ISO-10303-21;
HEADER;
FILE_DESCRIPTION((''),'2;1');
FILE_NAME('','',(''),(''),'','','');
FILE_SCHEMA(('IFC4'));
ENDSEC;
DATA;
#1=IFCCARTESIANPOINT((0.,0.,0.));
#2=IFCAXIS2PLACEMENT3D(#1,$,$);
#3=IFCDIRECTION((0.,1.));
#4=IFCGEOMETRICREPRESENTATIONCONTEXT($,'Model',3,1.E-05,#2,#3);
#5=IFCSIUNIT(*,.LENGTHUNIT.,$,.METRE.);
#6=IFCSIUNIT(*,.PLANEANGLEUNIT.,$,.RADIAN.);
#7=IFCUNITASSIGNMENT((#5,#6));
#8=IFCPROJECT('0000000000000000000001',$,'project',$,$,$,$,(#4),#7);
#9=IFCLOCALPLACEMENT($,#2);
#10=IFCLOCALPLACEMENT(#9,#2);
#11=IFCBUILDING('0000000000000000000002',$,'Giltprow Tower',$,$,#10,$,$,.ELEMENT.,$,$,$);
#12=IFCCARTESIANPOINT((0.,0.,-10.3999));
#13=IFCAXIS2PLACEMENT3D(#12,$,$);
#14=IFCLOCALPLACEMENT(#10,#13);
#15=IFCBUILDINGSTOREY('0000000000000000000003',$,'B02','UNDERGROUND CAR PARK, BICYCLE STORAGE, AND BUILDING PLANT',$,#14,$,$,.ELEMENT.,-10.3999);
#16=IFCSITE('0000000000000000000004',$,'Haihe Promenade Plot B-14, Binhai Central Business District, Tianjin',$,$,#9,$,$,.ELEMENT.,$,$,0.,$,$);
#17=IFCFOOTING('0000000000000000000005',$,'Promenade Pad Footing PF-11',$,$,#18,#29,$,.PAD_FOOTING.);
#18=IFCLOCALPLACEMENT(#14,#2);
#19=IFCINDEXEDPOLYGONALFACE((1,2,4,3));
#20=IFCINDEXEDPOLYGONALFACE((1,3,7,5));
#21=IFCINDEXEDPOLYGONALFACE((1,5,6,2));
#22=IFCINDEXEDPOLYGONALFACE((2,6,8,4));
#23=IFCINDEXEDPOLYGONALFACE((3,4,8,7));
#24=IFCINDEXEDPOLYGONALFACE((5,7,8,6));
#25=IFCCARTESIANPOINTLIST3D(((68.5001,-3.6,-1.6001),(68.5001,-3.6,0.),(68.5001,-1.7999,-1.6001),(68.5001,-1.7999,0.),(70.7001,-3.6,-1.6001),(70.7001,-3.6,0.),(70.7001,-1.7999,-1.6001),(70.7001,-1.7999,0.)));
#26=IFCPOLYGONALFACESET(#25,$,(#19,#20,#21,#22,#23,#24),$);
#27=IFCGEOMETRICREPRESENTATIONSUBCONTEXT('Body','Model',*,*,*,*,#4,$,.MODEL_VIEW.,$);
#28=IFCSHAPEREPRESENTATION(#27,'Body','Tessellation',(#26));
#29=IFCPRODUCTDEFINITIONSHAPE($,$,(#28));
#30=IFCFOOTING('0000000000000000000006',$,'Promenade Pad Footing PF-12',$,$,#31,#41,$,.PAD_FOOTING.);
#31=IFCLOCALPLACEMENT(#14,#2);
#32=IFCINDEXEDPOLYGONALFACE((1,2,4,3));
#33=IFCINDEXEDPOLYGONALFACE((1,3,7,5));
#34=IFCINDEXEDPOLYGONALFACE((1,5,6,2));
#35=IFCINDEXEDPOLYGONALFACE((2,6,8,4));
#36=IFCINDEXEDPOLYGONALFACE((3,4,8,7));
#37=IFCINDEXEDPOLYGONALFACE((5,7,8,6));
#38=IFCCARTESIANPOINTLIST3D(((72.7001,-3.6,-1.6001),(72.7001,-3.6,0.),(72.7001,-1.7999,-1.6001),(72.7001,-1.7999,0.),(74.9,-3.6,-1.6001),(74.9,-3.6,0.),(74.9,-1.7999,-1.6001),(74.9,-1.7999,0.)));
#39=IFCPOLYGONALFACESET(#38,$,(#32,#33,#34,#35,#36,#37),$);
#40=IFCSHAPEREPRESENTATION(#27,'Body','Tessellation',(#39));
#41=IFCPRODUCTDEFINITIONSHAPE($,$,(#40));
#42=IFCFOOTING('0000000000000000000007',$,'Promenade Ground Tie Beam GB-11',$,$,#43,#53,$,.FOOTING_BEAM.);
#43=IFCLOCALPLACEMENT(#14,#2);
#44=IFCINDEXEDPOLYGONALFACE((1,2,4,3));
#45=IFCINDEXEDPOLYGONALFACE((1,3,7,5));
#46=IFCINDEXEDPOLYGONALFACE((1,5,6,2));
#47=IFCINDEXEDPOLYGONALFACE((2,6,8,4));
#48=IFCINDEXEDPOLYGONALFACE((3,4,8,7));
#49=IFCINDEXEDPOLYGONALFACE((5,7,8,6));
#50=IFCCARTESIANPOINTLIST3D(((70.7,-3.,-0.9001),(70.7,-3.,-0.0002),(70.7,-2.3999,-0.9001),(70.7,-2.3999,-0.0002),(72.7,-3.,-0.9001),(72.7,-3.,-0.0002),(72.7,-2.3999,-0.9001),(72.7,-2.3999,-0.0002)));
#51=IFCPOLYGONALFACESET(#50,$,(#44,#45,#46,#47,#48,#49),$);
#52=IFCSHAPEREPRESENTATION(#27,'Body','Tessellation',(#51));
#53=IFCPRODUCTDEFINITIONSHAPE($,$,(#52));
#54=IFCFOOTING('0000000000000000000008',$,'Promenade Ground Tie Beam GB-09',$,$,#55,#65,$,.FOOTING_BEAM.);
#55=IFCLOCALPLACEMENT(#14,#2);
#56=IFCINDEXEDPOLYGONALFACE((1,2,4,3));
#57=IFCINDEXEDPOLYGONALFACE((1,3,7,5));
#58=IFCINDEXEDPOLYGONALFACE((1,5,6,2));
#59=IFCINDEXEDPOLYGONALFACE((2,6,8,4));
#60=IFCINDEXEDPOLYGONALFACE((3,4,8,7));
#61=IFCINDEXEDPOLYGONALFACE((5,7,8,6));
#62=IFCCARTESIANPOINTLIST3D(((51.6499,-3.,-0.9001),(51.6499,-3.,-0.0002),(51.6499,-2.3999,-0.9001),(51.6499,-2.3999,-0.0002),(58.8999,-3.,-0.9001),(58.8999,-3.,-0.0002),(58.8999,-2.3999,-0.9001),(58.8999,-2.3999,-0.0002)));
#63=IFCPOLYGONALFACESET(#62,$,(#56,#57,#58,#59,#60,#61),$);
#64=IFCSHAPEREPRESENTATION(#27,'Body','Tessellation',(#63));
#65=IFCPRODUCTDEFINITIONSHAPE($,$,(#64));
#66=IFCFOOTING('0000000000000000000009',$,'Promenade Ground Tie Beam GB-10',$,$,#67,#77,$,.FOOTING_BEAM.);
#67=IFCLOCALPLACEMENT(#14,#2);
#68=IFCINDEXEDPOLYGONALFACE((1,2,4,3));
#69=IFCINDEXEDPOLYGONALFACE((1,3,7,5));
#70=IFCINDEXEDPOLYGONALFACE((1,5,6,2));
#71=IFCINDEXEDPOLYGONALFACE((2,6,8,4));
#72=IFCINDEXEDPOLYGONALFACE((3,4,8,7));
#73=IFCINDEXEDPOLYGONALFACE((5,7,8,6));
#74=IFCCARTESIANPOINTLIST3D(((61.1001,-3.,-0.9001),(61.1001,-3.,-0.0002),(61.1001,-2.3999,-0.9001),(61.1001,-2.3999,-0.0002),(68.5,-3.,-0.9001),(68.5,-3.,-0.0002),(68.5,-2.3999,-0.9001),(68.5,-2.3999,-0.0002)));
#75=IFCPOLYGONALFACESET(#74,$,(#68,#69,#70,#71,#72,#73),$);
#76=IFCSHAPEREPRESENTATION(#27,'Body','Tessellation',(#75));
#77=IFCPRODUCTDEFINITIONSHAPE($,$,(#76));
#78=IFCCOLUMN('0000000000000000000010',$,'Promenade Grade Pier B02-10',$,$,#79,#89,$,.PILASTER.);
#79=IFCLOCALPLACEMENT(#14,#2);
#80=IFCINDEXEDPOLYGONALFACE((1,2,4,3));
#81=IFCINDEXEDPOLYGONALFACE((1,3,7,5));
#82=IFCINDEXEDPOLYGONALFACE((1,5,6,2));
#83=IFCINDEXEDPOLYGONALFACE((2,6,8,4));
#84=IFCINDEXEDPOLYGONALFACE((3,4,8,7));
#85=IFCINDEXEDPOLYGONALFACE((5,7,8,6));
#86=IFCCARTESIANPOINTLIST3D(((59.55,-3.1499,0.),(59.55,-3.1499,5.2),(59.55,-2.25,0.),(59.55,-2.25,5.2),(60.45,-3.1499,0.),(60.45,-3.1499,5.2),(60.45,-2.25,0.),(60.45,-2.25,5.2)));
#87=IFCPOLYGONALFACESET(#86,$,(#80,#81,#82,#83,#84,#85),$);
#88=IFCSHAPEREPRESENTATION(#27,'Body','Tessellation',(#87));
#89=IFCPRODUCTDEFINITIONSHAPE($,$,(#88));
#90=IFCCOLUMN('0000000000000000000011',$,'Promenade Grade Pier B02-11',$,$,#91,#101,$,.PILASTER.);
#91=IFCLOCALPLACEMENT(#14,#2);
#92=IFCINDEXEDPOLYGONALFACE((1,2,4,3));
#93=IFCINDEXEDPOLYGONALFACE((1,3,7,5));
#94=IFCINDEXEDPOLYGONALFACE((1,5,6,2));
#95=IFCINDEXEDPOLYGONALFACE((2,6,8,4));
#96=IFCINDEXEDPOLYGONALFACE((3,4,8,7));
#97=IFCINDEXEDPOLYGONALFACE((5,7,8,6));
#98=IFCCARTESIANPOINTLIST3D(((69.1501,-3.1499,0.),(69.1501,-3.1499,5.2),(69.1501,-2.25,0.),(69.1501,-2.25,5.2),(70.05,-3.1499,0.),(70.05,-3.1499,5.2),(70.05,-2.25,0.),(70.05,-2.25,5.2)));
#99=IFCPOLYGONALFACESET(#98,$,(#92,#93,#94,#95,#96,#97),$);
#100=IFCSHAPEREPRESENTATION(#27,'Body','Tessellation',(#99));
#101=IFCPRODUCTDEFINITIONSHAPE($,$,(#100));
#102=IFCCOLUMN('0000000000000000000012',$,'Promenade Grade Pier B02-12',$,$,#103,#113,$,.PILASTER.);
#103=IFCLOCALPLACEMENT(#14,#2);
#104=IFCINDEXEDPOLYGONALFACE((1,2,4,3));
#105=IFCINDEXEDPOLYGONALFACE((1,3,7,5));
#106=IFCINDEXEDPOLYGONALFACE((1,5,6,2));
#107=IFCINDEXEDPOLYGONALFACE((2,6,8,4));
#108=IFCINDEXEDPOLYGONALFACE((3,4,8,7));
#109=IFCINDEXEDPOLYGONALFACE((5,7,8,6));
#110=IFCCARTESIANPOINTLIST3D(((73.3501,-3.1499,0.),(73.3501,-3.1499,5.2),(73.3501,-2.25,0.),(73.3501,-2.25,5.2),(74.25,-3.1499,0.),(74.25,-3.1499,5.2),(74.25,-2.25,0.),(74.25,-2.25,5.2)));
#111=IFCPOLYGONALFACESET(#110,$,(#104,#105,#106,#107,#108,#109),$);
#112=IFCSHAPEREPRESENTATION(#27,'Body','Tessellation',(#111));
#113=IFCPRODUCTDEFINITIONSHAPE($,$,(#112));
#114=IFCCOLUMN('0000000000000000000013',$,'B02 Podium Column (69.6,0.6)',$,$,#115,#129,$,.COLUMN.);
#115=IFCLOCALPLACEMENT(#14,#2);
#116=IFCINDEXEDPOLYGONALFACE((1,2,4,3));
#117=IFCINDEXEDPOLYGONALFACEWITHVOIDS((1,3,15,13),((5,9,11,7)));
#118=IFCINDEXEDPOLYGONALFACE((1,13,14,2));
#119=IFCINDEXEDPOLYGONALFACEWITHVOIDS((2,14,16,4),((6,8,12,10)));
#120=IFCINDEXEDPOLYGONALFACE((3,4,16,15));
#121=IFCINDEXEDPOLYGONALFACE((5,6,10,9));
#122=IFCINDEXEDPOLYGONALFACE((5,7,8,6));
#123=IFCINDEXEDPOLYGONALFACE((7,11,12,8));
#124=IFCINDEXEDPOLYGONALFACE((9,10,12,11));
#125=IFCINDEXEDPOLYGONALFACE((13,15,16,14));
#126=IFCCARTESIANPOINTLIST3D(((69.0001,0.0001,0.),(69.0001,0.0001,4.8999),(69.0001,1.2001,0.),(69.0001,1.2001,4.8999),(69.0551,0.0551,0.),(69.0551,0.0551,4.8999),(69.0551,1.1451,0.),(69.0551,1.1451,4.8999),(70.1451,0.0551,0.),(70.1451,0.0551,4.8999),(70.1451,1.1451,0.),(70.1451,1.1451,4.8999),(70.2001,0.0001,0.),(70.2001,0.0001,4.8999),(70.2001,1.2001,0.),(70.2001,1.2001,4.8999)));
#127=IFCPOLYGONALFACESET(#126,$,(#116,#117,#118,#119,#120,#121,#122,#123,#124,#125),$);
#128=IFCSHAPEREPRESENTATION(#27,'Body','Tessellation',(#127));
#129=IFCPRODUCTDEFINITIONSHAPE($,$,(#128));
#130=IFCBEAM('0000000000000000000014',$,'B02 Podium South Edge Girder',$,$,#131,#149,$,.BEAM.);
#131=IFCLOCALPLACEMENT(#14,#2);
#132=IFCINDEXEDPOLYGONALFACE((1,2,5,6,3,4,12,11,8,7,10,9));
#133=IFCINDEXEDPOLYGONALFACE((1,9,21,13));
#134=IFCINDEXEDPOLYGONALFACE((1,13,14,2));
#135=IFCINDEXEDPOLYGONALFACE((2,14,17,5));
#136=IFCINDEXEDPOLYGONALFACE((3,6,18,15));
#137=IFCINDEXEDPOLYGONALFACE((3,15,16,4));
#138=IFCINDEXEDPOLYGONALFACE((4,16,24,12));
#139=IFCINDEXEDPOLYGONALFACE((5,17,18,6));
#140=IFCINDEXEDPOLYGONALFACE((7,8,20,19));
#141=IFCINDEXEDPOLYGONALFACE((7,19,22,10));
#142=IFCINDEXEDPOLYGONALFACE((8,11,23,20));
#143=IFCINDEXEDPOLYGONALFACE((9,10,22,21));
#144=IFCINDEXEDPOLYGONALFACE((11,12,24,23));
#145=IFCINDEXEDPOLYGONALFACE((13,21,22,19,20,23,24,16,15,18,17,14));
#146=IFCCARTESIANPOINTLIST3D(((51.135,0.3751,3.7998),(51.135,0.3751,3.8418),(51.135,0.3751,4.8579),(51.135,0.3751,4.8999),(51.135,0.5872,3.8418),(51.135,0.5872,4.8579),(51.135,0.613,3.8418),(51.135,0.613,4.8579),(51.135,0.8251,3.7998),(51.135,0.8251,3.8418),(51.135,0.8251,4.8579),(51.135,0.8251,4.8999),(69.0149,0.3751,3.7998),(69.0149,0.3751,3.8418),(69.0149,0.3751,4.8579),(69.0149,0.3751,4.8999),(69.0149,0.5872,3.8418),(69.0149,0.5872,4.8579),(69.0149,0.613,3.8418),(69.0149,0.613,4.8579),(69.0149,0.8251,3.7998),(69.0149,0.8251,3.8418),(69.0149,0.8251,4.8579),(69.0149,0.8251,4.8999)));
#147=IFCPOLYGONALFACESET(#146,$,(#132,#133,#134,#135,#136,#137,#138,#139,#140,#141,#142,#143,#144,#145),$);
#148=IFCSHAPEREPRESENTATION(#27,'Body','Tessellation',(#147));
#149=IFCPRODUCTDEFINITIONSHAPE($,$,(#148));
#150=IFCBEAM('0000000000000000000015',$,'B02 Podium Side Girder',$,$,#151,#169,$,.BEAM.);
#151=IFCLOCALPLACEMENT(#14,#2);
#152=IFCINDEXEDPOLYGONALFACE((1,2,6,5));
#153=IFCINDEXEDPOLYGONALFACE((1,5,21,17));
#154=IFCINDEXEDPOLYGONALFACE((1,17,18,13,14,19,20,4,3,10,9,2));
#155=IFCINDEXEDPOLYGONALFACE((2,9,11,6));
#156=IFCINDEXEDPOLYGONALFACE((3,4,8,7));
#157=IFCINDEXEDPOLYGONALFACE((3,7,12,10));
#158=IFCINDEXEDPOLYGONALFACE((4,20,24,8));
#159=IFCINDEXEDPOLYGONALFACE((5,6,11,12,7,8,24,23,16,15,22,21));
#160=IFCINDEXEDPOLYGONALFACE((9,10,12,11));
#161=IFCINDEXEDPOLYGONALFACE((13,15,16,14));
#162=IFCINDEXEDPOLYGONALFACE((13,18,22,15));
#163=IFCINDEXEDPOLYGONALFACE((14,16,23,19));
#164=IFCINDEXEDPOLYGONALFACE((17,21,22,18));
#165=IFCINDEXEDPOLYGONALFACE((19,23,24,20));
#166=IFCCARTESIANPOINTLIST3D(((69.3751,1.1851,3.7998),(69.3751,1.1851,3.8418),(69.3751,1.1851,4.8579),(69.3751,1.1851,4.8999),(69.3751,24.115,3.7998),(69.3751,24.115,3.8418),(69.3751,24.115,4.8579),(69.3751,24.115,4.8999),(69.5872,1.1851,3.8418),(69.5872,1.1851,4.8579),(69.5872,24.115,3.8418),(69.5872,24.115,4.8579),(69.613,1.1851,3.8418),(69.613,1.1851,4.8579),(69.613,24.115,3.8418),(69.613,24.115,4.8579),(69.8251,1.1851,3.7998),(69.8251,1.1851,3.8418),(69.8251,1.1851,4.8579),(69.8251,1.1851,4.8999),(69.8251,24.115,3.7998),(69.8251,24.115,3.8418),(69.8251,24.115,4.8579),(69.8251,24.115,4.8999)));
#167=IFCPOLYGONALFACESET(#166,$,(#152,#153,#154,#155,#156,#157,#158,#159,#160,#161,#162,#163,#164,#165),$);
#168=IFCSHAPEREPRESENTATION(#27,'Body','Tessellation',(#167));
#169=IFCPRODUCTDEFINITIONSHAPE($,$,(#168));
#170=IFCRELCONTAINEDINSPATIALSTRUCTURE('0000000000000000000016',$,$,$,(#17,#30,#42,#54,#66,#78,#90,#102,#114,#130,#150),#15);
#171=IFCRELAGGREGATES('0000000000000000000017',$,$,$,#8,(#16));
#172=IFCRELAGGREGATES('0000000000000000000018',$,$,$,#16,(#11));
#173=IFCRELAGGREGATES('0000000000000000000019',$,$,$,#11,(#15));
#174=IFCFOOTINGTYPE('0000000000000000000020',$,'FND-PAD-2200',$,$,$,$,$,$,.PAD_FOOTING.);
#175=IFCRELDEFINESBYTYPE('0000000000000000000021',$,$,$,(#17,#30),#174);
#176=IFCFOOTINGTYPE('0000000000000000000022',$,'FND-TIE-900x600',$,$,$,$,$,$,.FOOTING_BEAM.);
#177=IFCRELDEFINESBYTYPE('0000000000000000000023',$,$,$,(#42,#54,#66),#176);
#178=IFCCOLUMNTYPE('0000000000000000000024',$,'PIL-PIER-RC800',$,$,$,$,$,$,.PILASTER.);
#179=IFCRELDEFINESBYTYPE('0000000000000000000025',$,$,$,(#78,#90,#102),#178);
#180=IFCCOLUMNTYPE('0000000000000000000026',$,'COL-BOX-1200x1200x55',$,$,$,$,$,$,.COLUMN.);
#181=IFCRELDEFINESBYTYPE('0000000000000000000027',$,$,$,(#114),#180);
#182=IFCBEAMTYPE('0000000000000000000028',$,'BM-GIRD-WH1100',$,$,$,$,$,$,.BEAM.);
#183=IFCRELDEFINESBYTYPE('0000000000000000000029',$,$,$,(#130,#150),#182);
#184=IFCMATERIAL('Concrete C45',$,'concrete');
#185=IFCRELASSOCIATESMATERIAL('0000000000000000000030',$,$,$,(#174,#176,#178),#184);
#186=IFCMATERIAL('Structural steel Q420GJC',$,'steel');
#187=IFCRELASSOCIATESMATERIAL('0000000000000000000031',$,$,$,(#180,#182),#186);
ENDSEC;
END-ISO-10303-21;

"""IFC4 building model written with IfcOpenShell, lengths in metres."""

from ifc_helpers import new_model, si_unit, direction, frame, origin, origin_2d, place, context, subcontext, project, spatial, rectangle, hollow_rectangle, i_section, extrude, source, transform, mapped, material, material_profile, profile_set, type_object, element, save


model = new_model("IFC4")

# Units and contexts
model_context = context("Model", 3, precision=1e-05, world=origin(), true_north=direction((0.0, 1.0)))
body_context = subcontext(model_context, "Body", "Model", "MODEL_VIEW")
ifc_project = project(units=[si_unit("LENGTHUNIT", "METRE"), si_unit("PLANEANGLEUNIT", "RADIAN")], contexts=[model_context])

# Site, building, storey
site_placement = place(None, origin())
site = spatial("IfcSite", under=ifc_project, at=site_placement, Name="Haihe Promenade Plot B-14, Binhai Central Business District, Tianjin", CompositionType="ELEMENT", RefElevation=0.0)
building_placement = place(site_placement, origin())
building = spatial("IfcBuilding", under=site, at=building_placement, Name="Giltprow Tower", CompositionType="ELEMENT")
storey_placement = place(building_placement, frame((0.0, 0.0, -10.3999)))
storey = spatial("IfcBuildingStorey", under=building, at=storey_placement, Name="B02", Description="UNDERGROUND CAR PARK, BICYCLE STORAGE, AND BUILDING PLANT", CompositionType="ELEMENT", Elevation=-10.3999)

# Shared definitions
ifc_material_1 = material(Name="Concrete C45", Category="concrete")

# Footings
footing_type_1 = type_object("IfcFootingType", Name="FND-PAD-2200", PredefinedType="PAD_FOOTING", material=ifc_material_1)
shared_shape_1 = source(origin(), body_context, "Body", "SweptSolid", [
    extrude(rectangle(XDim=2.2, YDim=1.8, at=origin_2d()), origin(), (0.0, 0.0, 1.0), 1.6001),
])
for number, where, z_axis, x_axis, name in (
    (1, (69.6001, -2.7, -1.6001), (0.0, 0.0, 1.0), (1.0, 0.0, 0.0), "Promenade Pad Footing PF-11"),
    (2, (73.8, -2.7, -1.6001), (0.0, 0.0, 1.0), (1.0, 0.0, 0.0), "Promenade Pad Footing PF-12"),
):
    element("IfcFooting", number, at=place(storey_placement, frame(where, z_axis=z_axis, x_axis=x_axis)), inside=storey, type_object=footing_type_1, Name=name, PredefinedType="PAD_FOOTING", context=body_context, shape_type="MappedRepresentation", body=[
        mapped(shared_shape_1, transform((0.0, 0.0, 0.0), x_axis=(1.0, 0.0, 0.0), y_axis=(0.0, 1.0, 0.0), z_axis=(0.0, 0.0, 1.0), scale=1.0)),
    ])
ifc_material_profile_1 = material_profile(ifc_material_1, rectangle(XDim=0.6001, YDim=0.8999, at=origin_2d()), Name="RC 900x600")
ifc_profile_set_1 = profile_set([ifc_material_profile_1], Name="Concrete C45")
footing_type_2 = type_object("IfcFootingType", Name="FND-TIE-900x600", PredefinedType="FOOTING_BEAM", material=ifc_profile_set_1)
shared_shape_2 = source(origin(), body_context, "Body", "SweptSolid", [
    extrude(rectangle(XDim=0.6001, YDim=0.8999, at=origin_2d()), origin(), (0.0, 0.0, 1.0), 2.0),
])
footing_1_placement = place(storey_placement, frame((70.7, -2.7, -0.4502), z_axis=(1.0, 0.0, 0.0), x_axis=(0.0, 1.0, 0.0)))
element("IfcFooting", 3, at=footing_1_placement, inside=storey, type_object=footing_type_2, Name="Promenade Ground Tie Beam GB-11", PredefinedType="FOOTING_BEAM", context=body_context, shape_type="MappedRepresentation", body=[
    mapped(shared_shape_2, transform((0.0, 0.0, 0.0), x_axis=(1.0, 0.0, 0.0), y_axis=(0.0, 1.0, 0.0), z_axis=(0.0, 0.0, 1.0), scale=1.0)),
])
shared_shape_3 = source(origin(), body_context, "Body", "SweptSolid", [
    extrude(rectangle(XDim=0.6001, YDim=0.8999, at=origin_2d()), origin(), (0.0, 0.0, 1.0), 7.25),
])
footing_2_placement = place(storey_placement, frame((51.6499, -2.7, -0.4502), z_axis=(1.0, 0.0, 0.0), x_axis=(0.0, 1.0, 0.0)))
element("IfcFooting", 4, at=footing_2_placement, inside=storey, type_object=footing_type_2, Name="Promenade Ground Tie Beam GB-09", PredefinedType="FOOTING_BEAM", context=body_context, shape_type="MappedRepresentation", body=[
    mapped(shared_shape_3, transform((0.0, 0.0, 0.0), x_axis=(1.0, 0.0, 0.0), y_axis=(0.0, 1.0, 0.0), z_axis=(0.0, 0.0, 1.0), scale=1.0)),
])
shared_shape_4 = source(origin(), body_context, "Body", "SweptSolid", [
    extrude(rectangle(XDim=0.6001, YDim=0.8999, at=origin_2d()), origin(), (0.0, 0.0, 1.0), 7.3999),
])
footing_3_placement = place(storey_placement, frame((61.1001, -2.7, -0.4502), z_axis=(1.0, 0.0, 0.0), x_axis=(0.0, 1.0, 0.0)))
element("IfcFooting", 5, at=footing_3_placement, inside=storey, type_object=footing_type_2, Name="Promenade Ground Tie Beam GB-10", PredefinedType="FOOTING_BEAM", context=body_context, shape_type="MappedRepresentation", body=[
    mapped(shared_shape_4, transform((0.0, 0.0, 0.0), x_axis=(1.0, 0.0, 0.0), y_axis=(0.0, 1.0, 0.0), z_axis=(0.0, 0.0, 1.0), scale=1.0)),
])

# Columns
ifc_material_profile_2 = material_profile(ifc_material_1, rectangle(XDim=0.8999, YDim=0.8999, at=origin_2d()), Name="RC 900x900")
ifc_profile_set_2 = profile_set([ifc_material_profile_2], Name="Concrete C45")
column_type_1 = type_object("IfcColumnType", Name="PIL-PIER-RC800", PredefinedType="PILASTER", material=ifc_profile_set_2)
shared_shape_5 = source(origin(), body_context, "Body", "SweptSolid", [
    extrude(rectangle(XDim=0.8999, YDim=0.8999, at=origin_2d()), origin(), (0.0, 0.0, 1.0), 5.2),
])
for number, where, z_axis, x_axis, name in (
    (6, (60.0, -2.7, 0.0), (0.0, 0.0, 1.0), (1.0, 0.0, 0.0), "Promenade Grade Pier B02-10"),
    (7, (69.6001, -2.7, 0.0), (0.0, 0.0, 1.0), (1.0, 0.0, 0.0), "Promenade Grade Pier B02-11"),
    (8, (73.8, -2.7, 0.0), (0.0, 0.0, 1.0), (1.0, 0.0, 0.0), "Promenade Grade Pier B02-12"),
):
    element("IfcColumn", number, at=place(storey_placement, frame(where, z_axis=z_axis, x_axis=x_axis)), inside=storey, type_object=column_type_1, Name=name, PredefinedType="PILASTER", context=body_context, shape_type="MappedRepresentation", body=[
        mapped(shared_shape_5, transform((0.0, 0.0, 0.0), x_axis=(1.0, 0.0, 0.0), y_axis=(0.0, 1.0, 0.0), z_axis=(0.0, 0.0, 1.0), scale=1.0)),
    ])
ifc_material_2 = material(Name="Structural steel Q420GJC", Category="steel")
ifc_material_profile_3 = material_profile(ifc_material_2, hollow_rectangle(XDim=1.2, YDim=1.2, WallThickness=0.0549, at=origin_2d()), Name="BOX 1200x1200x55")
ifc_profile_set_3 = profile_set([ifc_material_profile_3], Name="Structural steel Q420GJC")
column_type_2 = type_object("IfcColumnType", Name="COL-BOX-1200x1200x55", PredefinedType="COLUMN", material=ifc_profile_set_3)
shared_shape_6 = source(origin(), body_context, "Body", "SweptSolid", [
    extrude(hollow_rectangle(XDim=1.2, YDim=1.2, WallThickness=0.0549, at=origin_2d()), origin(), (0.0, 0.0, 1.0), 4.8999),
])
column_placement = place(storey_placement, frame((69.6001, 0.6001, 0.0), z_axis=(0.0, 0.0, 1.0), x_axis=(1.0, 0.0, 0.0)))
element("IfcColumn", 9, at=column_placement, inside=storey, type_object=column_type_2, Name="B02 Podium Column (69.6,0.6)", PredefinedType="COLUMN", context=body_context, shape_type="MappedRepresentation", body=[
    mapped(shared_shape_6, transform((0.0, 0.0, 0.0), x_axis=(1.0, 0.0, 0.0), y_axis=(0.0, 1.0, 0.0), z_axis=(0.0, 0.0, 1.0), scale=1.0)),
])

# Beams
ifc_material_profile_4 = material_profile(ifc_material_2, i_section(OverallWidth=0.45, OverallDepth=1.1001, WebThickness=0.0259, FlangeThickness=0.042, at=origin_2d()), Name="WH 1100x450x26x42")
ifc_profile_set_4 = profile_set([ifc_material_profile_4], Name="Structural steel Q420GJC")
beam_type = type_object("IfcBeamType", Name="BM-GIRD-WH1100", PredefinedType="BEAM", material=ifc_profile_set_4)
shared_shape_7 = source(origin(), body_context, "Body", "SweptSolid", [
    extrude(i_section(OverallWidth=0.45, OverallDepth=1.1001, WebThickness=0.0259, FlangeThickness=0.042, at=origin_2d()), origin(), (0.0, 0.0, 1.0), 17.8799),
])
beam_1_placement = place(storey_placement, frame((51.135, 0.6001, 4.3499), z_axis=(1.0, 0.0, 0.0), x_axis=(0.0, 1.0, 0.0)))
element("IfcBeam", 10, at=beam_1_placement, inside=storey, type_object=beam_type, Name="B02 Podium South Edge Girder", PredefinedType="BEAM", context=body_context, shape_type="MappedRepresentation", body=[
    mapped(shared_shape_7, transform((0.0, 0.0, 0.0), x_axis=(1.0, 0.0, 0.0), y_axis=(0.0, 1.0, 0.0), z_axis=(0.0, 0.0, 1.0), scale=1.0)),
])
shared_shape_8 = source(origin(), body_context, "Body", "SweptSolid", [
    extrude(i_section(OverallWidth=0.45, OverallDepth=1.1001, WebThickness=0.0259, FlangeThickness=0.042, at=origin_2d()), origin(), (0.0, 0.0, 1.0), 22.9299),
])
beam_2_placement = place(storey_placement, frame((69.6001, 1.1851, 4.3499), z_axis=(0.0, 1.0, 0.0), x_axis=(-1.0, 0.0, 0.0)))
element("IfcBeam", 11, at=beam_2_placement, inside=storey, type_object=beam_type, Name="B02 Podium Side Girder", PredefinedType="BEAM", context=body_context, shape_type="MappedRepresentation", body=[
    mapped(shared_shape_8, transform((0.0, 0.0, 0.0), x_axis=(1.0, 0.0, 0.0), y_axis=(0.0, 1.0, 0.0), z_axis=(0.0, 0.0, 1.0), scale=1.0)),
])

save(model, "model.ifc")
